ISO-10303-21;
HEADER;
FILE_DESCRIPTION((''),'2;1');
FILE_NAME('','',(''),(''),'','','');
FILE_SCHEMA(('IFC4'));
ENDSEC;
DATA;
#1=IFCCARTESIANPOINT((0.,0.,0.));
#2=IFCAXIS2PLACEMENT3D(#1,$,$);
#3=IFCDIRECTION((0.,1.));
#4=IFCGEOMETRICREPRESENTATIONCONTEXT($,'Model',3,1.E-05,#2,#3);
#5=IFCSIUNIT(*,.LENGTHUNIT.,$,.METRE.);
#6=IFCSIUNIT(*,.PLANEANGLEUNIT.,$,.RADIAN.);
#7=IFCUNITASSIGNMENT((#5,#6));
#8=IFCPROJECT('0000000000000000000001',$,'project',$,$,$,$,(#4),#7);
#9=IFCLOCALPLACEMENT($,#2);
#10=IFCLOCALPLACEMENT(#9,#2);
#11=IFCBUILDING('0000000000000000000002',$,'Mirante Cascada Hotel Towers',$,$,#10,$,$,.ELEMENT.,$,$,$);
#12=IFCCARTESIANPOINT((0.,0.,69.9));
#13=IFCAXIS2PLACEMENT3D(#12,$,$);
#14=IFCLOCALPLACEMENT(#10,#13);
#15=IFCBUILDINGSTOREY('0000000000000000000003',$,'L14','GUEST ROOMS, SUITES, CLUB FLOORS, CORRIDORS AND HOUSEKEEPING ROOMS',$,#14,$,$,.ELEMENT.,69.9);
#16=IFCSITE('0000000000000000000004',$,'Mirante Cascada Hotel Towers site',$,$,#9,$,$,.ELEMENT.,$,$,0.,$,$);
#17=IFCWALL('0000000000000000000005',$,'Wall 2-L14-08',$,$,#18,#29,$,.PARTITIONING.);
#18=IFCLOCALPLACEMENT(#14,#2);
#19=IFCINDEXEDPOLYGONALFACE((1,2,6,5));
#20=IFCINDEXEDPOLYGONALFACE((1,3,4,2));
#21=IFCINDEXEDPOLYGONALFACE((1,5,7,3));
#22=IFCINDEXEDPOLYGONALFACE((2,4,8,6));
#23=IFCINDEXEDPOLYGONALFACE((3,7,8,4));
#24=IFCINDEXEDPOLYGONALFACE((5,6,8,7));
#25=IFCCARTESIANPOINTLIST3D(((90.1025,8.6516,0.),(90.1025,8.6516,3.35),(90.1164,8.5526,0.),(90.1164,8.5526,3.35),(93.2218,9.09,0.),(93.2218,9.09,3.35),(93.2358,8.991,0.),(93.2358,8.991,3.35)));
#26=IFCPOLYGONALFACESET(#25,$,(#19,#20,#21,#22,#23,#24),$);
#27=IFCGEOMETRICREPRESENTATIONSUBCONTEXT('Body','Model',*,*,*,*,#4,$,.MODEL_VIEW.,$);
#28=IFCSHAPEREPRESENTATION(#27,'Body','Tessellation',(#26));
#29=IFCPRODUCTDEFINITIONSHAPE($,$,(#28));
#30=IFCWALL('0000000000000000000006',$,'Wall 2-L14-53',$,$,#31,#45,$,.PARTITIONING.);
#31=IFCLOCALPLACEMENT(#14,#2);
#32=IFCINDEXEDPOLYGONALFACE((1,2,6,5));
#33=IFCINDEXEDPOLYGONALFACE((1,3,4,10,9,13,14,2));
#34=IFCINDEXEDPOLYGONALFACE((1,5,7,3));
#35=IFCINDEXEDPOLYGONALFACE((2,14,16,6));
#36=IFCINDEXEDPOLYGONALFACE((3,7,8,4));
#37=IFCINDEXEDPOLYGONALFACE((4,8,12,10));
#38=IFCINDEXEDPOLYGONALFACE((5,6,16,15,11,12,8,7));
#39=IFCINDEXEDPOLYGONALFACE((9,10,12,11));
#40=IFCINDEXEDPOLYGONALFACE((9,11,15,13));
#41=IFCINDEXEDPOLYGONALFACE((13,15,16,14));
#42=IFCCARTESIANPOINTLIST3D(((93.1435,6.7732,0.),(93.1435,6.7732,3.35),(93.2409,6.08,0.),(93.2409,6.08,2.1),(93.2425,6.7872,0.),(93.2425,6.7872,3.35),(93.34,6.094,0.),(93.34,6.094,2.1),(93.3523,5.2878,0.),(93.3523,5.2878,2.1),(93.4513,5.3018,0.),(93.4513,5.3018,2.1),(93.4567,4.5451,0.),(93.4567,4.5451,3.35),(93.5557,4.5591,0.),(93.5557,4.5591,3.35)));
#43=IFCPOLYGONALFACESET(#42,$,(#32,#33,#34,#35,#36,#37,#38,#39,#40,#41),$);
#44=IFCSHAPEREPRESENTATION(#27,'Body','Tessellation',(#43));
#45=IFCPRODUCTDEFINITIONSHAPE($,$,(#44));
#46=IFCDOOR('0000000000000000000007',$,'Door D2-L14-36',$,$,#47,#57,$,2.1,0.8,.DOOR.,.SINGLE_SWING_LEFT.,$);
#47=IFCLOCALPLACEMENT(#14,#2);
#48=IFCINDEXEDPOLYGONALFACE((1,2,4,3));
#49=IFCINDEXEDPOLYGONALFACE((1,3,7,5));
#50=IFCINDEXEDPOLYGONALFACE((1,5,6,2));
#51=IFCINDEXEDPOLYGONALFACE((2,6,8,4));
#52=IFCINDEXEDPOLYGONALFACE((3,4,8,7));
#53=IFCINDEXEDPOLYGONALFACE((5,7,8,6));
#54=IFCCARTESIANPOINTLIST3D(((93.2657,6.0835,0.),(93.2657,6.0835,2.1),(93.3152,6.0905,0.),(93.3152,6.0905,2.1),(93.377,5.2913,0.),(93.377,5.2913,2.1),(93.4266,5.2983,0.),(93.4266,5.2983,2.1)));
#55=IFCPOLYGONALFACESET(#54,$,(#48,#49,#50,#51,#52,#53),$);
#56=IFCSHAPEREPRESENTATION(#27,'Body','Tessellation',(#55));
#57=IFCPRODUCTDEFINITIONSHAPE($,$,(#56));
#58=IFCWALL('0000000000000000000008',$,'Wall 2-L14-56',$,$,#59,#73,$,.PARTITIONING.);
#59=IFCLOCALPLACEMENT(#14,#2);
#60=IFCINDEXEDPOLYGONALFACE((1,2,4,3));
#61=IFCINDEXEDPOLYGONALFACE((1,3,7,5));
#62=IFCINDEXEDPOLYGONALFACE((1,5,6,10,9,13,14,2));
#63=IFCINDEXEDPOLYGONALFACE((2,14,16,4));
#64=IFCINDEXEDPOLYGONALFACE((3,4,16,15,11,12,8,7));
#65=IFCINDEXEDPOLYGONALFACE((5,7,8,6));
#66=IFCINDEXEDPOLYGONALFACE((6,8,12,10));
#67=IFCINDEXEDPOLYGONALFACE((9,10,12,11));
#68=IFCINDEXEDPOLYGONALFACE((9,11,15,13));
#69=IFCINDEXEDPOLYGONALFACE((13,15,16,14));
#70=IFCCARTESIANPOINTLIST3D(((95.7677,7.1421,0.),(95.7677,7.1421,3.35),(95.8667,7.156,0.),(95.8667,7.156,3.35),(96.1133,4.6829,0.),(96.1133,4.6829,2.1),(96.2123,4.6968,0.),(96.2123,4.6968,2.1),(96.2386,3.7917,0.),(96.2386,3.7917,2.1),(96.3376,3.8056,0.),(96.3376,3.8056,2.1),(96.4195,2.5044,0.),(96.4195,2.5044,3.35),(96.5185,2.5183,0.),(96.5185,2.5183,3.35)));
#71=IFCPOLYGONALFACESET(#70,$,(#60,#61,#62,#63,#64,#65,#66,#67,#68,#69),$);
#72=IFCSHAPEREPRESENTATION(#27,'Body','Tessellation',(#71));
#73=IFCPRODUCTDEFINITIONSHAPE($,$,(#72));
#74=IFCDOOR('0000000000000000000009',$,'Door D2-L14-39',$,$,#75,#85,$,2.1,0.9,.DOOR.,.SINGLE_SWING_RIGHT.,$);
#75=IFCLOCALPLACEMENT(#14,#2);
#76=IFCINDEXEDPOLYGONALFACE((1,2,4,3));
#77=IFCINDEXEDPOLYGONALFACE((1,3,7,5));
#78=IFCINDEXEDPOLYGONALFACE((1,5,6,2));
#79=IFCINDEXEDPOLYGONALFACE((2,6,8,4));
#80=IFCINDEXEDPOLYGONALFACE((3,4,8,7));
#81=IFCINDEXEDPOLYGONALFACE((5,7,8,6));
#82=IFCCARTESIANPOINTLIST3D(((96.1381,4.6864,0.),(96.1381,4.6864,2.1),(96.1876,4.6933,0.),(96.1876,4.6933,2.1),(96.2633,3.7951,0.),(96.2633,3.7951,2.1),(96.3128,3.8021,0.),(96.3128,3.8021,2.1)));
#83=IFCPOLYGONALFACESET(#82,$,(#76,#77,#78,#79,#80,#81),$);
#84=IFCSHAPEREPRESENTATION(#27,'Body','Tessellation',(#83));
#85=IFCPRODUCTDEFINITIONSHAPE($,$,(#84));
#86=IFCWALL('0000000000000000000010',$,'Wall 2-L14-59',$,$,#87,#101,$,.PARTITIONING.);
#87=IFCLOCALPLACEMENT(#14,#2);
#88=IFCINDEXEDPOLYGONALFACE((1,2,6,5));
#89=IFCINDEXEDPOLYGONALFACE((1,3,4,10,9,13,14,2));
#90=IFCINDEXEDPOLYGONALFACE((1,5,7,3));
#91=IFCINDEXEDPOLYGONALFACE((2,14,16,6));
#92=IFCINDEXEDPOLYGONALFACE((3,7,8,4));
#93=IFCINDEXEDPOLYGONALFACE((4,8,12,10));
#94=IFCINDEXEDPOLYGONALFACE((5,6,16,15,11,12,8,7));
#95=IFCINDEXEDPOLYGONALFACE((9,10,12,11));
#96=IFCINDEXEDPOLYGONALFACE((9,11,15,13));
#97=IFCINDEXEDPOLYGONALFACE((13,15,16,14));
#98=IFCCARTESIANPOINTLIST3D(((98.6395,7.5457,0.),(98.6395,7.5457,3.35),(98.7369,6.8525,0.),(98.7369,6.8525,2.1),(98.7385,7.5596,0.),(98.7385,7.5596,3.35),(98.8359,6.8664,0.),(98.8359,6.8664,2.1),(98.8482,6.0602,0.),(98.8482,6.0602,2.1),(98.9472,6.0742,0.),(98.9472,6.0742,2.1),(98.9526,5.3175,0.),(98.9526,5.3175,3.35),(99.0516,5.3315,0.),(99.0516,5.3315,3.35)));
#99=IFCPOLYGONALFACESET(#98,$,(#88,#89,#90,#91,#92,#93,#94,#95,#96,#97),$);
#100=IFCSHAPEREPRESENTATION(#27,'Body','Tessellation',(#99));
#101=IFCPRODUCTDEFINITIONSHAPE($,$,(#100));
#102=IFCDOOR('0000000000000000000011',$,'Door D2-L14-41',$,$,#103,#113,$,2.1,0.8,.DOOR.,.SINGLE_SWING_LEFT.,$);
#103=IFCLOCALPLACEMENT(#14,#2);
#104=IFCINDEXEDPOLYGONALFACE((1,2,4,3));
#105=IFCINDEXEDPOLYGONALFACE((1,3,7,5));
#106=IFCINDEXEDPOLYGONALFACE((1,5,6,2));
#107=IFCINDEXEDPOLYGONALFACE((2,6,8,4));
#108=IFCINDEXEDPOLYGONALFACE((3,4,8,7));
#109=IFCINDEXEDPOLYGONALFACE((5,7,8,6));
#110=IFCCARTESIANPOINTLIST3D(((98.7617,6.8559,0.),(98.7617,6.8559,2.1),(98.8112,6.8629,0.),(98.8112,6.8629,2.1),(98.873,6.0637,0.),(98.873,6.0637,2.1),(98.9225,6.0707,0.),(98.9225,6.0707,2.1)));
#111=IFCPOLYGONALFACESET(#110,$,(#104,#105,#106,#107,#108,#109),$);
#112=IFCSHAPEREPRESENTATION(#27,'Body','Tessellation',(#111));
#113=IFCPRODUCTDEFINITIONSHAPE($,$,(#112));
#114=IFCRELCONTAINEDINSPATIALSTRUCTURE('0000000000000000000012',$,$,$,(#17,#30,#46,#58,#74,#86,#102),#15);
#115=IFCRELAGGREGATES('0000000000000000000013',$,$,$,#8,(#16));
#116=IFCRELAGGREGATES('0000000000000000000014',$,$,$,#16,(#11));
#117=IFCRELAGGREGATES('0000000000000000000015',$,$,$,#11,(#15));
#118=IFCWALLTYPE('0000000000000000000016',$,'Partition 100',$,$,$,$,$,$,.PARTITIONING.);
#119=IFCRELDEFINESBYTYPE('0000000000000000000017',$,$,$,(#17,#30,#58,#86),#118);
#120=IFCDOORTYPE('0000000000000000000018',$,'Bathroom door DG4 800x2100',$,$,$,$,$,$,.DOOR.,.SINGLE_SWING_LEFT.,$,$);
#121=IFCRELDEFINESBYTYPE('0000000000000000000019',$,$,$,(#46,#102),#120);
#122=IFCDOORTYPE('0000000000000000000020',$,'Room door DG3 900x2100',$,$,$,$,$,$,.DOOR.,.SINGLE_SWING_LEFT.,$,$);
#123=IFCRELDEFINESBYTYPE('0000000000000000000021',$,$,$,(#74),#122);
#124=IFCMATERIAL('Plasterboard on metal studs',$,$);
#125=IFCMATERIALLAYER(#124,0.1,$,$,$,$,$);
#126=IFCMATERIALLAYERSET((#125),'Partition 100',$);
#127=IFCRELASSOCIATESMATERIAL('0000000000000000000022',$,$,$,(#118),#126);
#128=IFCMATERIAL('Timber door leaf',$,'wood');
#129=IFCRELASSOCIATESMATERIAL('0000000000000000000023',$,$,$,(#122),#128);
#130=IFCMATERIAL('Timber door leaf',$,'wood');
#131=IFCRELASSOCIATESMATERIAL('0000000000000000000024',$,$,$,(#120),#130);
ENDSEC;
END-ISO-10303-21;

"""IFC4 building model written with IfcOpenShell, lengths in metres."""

from ifc_helpers import new_model, si_unit, direction, frame, frame_2d, origin, place, context, subcontext, project, spatial, rectangle, extrude, material, layer, layer_set, type_object, element, fill, save


model = new_model("IFC4")

# Units and contexts
model_context = context("Model", 3, precision=1e-05, world=origin(), true_north=direction((0.0, 1.0)))
body_context = subcontext(model_context, "Body", "Model", "MODEL_VIEW")
ifc_project = project(units=[si_unit("LENGTHUNIT", "METRE"), si_unit("PLANEANGLEUNIT", "RADIAN")], contexts=[model_context])

# Site, building, storey
site_placement = place(None, origin())
site = spatial("IfcSite", under=ifc_project, at=site_placement, Name="Mirante Cascada Hotel Towers site", CompositionType="ELEMENT", RefElevation=0.0)
building_placement = place(site_placement, origin())
building = spatial("IfcBuilding", under=site, at=building_placement, Name="Mirante Cascada Hotel Towers", CompositionType="ELEMENT")
storey_placement = place(building_placement, frame((0.0, 0.0, 69.9)))
storey = spatial("IfcBuildingStorey", under=building, at=storey_placement, Name="L14", Description="GUEST ROOMS, SUITES, CLUB FLOORS, CORRIDORS AND HOUSEKEEPING ROOMS", CompositionType="ELEMENT", Elevation=69.9)

# Shared definitions
ifc_material_1 = material(Name="Plasterboard on metal studs")
ifc_layer_1 = layer(ifc_material_1, 0.1)
ifc_layer_set_1 = layer_set([ifc_layer_1], Name="Partition 100")
wall_type_1 = type_object("IfcWallType", Name="Partition 100", PredefinedType="PARTITIONING", material=ifc_layer_set_1)
ifc_material_2 = material(Name="Timber door leaf", Category="wood")
door_type_1 = type_object("IfcDoorType", Name="Room door DG3 900x2100", OperationType="SINGLE_SWING_LEFT", PredefinedType="DOOR", material=ifc_material_2)

# Wall
wall_1_placement = place(storey_placement, frame((93.2288, 9.0405, 0.0), z_axis=(0.0, 0.0, 1.0), x_axis=(-0.990268, -0.139177, 0.0)))
element("IfcWall", 1, at=wall_1_placement, inside=storey, type_object=wall_type_1, Name="Wall 2-L14-08", PredefinedType="PARTITIONING", context=body_context, shape_type="SweptSolid", body=[
    extrude(rectangle(XDim=3.15, YDim=0.1, at=frame_2d((1.575, 0.0))), origin(), (0.0, 0.0, 1.0), 3.35),
])

# Walls, openings, doors
wall_2_placement = place(storey_placement, frame((93.5062, 4.5521, 0.0), z_axis=(0.0, 0.0, 1.0), x_axis=(-0.1392, 0.990264, 0.0)))
wall_2 = element("IfcWall", 2, at=wall_2_placement, inside=storey, type_object=wall_type_1, Name="Wall 2-L14-53", PredefinedType="PARTITIONING", context=body_context, shape_type="SweptSolid", body=[
    extrude(rectangle(XDim=2.25, YDim=0.1, at=frame_2d((1.125, 0.0))), origin(), (0.0, 0.0, 1.0), 3.35),
])
opening_1_placement = place(wall_2_placement, frame((0.75, 0.0, 0.0)))
opening_1 = element("IfcOpeningElement", 3, at=opening_1_placement, cuts=wall_2, PredefinedType="OPENING", context=body_context, shape_type="SweptSolid", body=[
    extrude(rectangle(XDim=0.8, YDim=2.1, at=frame_2d((0.4, 1.05))), frame((0.0, 0.05, 0.0), z_axis=(0.0, -1.0, 0.0), x_axis=(1.0, 0.0, 0.0)), (0.0, 0.0, 1.0), 0.1),
])
ifc_material_3 = material(Name="Timber door leaf", Category="wood")
door_type_2 = type_object("IfcDoorType", Name="Bathroom door DG4 800x2100", OperationType="SINGLE_SWING_LEFT", PredefinedType="DOOR", material=ifc_material_3)
door_1_placement = place(opening_1_placement, origin())
door_1 = element("IfcDoor", 4, at=door_1_placement, inside=storey, type_object=door_type_2, Name="Door D2-L14-36", OperationType="SINGLE_SWING_LEFT", OverallHeight=2.1, OverallWidth=0.8, PredefinedType="DOOR", context=body_context, shape_type="SweptSolid", body=[
    extrude(rectangle(XDim=0.8, YDim=2.1, at=frame_2d((0.4, 1.05))), frame((0.0, 0.025, 0.0), z_axis=(0.0, -1.0, 0.0), x_axis=(1.0, 0.0, 0.0)), (0.0, 0.0, 1.0), 0.05),
])
fill(opening_1, door_1)
wall_3_placement = place(storey_placement, frame((95.8172, 7.149, 0.0), z_axis=(0.0, 0.0, 1.0), x_axis=(0.139176, -0.990268, 0.0)))
wall_3 = element("IfcWall", 5, at=wall_3_placement, inside=storey, type_object=wall_type_1, Name="Wall 2-L14-56", PredefinedType="PARTITIONING", context=body_context, shape_type="SweptSolid", body=[
    extrude(rectangle(XDim=4.6833, YDim=0.1, at=frame_2d((2.3416, 0.0))), origin(), (0.0, 0.0, 1.0), 3.35),
])
opening_2_placement = place(wall_3_placement, frame((2.4833, 0.0, 0.0)))
opening_2 = element("IfcOpeningElement", 6, at=opening_2_placement, cuts=wall_3, PredefinedType="OPENING", context=body_context, shape_type="SweptSolid", body=[
    extrude(rectangle(XDim=0.9, YDim=2.1, at=frame_2d((0.45, 1.05))), frame((0.0, 0.05, 0.0), z_axis=(0.0, -1.0, 0.0), x_axis=(1.0, 0.0, 0.0)), (0.0, 0.0, 1.0), 0.1),
])
door_2_placement = place(opening_2_placement, frame((0.9, 0.0, 0.0), z_axis=(0.0, 0.0, 1.0), x_axis=(-1.0, 0.0, 0.0)))
door_2 = element("IfcDoor", 7, at=door_2_placement, inside=storey, type_object=door_type_1, Name="Door D2-L14-39", OperationType="SINGLE_SWING_RIGHT", OverallHeight=2.1, OverallWidth=0.9, PredefinedType="DOOR", context=body_context, shape_type="SweptSolid", body=[
    extrude(rectangle(XDim=0.9, YDim=2.1, at=frame_2d((0.45, 1.05))), frame((0.0, 0.025, 0.0), z_axis=(0.0, -1.0, 0.0), x_axis=(1.0, 0.0, 0.0)), (0.0, 0.0, 1.0), 0.05),
])
fill(opening_2, door_2)
wall_4_placement = place(storey_placement, frame((99.0021, 5.3245, 0.0), z_axis=(0.0, 0.0, 1.0), x_axis=(-0.139156, 0.990271, 0.0)))
wall_4 = element("IfcWall", 8, at=wall_4_placement, inside=storey, type_object=wall_type_1, Name="Wall 2-L14-59", PredefinedType="PARTITIONING", context=body_context, shape_type="SweptSolid", body=[
    extrude(rectangle(XDim=2.25, YDim=0.1, at=frame_2d((1.125, 0.0))), origin(), (0.0, 0.0, 1.0), 3.35),
])
opening_3_placement = place(wall_4_placement, frame((0.75, 0.0, 0.0)))
opening_3 = element("IfcOpeningElement", 9, at=opening_3_placement, cuts=wall_4, PredefinedType="OPENING", context=body_context, shape_type="SweptSolid", body=[
    extrude(rectangle(XDim=0.8, YDim=2.1, at=frame_2d((0.4, 1.05))), frame((0.0, 0.05, 0.0), z_axis=(0.0, -1.0, 0.0), x_axis=(1.0, 0.0, 0.0)), (0.0, 0.0, 1.0), 0.1),
])
door_3_placement = place(opening_3_placement, origin())
door_3 = element("IfcDoor", 10, at=door_3_placement, inside=storey, type_object=door_type_2, Name="Door D2-L14-41", OperationType="SINGLE_SWING_LEFT", OverallHeight=2.1, OverallWidth=0.8, PredefinedType="DOOR", context=body_context, shape_type="SweptSolid", body=[
    extrude(rectangle(XDim=0.8, YDim=2.1, at=frame_2d((0.4, 1.05))), frame((0.0, 0.025, 0.0), z_axis=(0.0, -1.0, 0.0), x_axis=(1.0, 0.0, 0.0)), (0.0, 0.0, 1.0), 0.05),
])
fill(opening_3, door_3)

save(model, "model.ifc")
